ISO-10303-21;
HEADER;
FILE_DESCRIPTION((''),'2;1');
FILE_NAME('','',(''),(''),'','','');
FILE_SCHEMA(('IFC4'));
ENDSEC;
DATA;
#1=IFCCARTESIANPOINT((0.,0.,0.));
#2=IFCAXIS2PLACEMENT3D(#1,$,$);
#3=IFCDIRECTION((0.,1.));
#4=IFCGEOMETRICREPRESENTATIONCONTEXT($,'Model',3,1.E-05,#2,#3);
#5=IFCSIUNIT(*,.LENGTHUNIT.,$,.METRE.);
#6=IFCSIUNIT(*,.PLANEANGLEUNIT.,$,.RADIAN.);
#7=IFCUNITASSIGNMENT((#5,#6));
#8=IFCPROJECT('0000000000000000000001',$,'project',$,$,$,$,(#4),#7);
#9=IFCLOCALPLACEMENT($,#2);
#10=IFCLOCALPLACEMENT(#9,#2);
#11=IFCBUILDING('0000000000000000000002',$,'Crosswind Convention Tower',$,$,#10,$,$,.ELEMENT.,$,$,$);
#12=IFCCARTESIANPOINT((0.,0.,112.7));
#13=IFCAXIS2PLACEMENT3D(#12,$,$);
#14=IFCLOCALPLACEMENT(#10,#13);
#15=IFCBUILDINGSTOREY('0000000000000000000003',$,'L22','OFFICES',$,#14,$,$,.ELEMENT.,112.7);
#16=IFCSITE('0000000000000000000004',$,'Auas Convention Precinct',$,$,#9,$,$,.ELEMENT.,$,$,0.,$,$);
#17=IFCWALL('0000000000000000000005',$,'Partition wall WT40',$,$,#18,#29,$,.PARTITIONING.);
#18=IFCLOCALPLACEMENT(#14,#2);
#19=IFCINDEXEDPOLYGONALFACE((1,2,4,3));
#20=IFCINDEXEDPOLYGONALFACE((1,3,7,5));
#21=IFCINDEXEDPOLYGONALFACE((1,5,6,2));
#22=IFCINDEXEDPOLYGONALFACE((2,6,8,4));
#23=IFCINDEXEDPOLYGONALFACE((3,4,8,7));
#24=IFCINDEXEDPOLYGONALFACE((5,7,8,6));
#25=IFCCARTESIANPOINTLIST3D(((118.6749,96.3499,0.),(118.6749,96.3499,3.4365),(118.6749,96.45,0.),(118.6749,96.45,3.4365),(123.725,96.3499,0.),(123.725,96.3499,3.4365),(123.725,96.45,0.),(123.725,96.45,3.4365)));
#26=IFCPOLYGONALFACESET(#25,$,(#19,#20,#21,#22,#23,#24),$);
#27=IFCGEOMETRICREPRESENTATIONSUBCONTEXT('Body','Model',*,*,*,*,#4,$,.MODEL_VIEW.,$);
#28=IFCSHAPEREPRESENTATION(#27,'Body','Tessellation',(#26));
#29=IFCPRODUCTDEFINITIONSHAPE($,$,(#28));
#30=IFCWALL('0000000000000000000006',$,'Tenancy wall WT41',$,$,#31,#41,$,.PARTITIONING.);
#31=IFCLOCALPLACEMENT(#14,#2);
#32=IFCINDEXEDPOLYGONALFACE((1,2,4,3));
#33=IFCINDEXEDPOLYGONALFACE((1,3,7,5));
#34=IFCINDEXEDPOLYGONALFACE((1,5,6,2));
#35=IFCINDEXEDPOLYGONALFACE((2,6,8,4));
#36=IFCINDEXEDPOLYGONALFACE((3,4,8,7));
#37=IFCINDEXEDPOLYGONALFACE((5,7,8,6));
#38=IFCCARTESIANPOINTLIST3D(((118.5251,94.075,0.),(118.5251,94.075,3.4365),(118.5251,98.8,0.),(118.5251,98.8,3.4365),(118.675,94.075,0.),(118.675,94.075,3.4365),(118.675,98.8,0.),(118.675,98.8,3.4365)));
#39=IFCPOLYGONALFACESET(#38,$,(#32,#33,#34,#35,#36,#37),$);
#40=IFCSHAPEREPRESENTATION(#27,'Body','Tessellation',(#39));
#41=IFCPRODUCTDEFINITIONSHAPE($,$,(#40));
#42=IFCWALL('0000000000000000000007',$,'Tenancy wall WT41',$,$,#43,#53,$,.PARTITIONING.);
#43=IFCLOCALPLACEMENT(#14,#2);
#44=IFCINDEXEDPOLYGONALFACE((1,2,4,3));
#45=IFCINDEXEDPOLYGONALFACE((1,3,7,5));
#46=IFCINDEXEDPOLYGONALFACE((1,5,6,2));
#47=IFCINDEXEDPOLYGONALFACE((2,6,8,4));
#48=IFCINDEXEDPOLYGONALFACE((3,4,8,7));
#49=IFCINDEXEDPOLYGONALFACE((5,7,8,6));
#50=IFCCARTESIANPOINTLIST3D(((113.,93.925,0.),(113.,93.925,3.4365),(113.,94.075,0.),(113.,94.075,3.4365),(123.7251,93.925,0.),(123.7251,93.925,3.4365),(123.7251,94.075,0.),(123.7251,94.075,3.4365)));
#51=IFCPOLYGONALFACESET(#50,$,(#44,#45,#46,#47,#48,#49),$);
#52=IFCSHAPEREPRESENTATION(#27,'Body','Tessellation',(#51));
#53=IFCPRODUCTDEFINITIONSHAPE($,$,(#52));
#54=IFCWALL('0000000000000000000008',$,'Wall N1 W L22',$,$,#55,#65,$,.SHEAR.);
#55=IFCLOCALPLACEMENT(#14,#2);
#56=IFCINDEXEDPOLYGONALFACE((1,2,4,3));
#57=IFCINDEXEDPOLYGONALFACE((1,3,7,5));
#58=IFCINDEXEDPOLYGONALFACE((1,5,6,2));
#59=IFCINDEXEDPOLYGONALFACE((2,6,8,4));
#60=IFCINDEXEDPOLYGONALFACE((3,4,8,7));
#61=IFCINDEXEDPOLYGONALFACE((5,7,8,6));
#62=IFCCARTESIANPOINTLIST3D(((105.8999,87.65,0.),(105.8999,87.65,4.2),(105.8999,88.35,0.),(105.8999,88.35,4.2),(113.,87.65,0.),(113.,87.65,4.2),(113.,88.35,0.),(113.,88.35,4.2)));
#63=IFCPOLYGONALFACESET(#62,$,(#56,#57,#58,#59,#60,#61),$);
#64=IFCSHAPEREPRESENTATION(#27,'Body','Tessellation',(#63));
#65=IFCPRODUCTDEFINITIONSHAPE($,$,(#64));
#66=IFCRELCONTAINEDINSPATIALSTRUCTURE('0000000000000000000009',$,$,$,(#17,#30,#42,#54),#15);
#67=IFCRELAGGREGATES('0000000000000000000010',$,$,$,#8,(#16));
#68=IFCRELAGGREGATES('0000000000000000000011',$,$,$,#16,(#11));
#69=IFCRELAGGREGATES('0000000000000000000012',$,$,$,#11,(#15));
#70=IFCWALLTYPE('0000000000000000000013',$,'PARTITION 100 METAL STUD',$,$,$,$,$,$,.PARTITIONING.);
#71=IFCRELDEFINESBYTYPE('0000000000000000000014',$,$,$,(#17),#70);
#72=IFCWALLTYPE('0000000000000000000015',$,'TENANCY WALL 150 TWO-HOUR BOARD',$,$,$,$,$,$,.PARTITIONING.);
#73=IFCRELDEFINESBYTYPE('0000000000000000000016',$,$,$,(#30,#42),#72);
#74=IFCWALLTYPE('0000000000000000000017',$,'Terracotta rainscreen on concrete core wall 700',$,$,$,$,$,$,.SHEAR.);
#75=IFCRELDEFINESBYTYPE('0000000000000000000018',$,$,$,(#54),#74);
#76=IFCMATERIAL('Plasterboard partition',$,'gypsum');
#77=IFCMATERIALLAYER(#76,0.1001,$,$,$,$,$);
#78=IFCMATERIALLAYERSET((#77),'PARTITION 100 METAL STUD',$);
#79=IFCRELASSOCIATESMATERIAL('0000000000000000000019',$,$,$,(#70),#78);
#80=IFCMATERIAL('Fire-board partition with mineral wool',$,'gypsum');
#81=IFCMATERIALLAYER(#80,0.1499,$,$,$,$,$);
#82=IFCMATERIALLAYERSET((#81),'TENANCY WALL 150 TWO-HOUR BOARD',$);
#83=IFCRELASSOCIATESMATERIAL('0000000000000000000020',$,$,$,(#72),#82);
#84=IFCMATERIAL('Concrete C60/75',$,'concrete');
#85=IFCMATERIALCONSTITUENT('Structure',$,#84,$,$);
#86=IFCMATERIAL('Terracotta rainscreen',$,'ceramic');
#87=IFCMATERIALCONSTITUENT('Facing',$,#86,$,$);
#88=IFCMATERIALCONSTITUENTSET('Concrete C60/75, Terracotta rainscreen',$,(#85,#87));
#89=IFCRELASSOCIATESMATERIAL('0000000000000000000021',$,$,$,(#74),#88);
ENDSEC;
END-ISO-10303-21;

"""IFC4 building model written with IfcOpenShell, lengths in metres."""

from ifc_helpers import new_model, si_unit, direction, frame, frame_2d, origin, place, context, subcontext, project, spatial, rectangle, extrude, material, layer, layer_set, constituent, constituent_set, type_object, element, save


model = new_model("IFC4")

# Units and contexts
model_context = context("Model", 3, precision=1e-05, world=origin(), true_north=direction((0.0, 1.0)))
body_context = subcontext(model_context, "Body", "Model", "MODEL_VIEW")
ifc_project = project(units=[si_unit("LENGTHUNIT", "METRE"), si_unit("PLANEANGLEUNIT", "RADIAN")], contexts=[model_context])

# Site, building, storey
site_placement = place(None, origin())
site = spatial("IfcSite", under=ifc_project, at=site_placement, Name="Auas Convention Precinct", CompositionType="ELEMENT", RefElevation=0.0)
building_placement = place(site_placement, origin())
building = spatial("IfcBuilding", under=site, at=building_placement, Name="Crosswind Convention Tower", CompositionType="ELEMENT")
storey_placement = place(building_placement, frame((0.0, 0.0, 112.7)))
storey = spatial("IfcBuildingStorey", under=building, at=storey_placement, Name="L22", Description="OFFICES", CompositionType="ELEMENT", Elevation=112.7)

# Walls
ifc_material_1 = material(Name="Plasterboard partition", Category="gypsum")
ifc_layer_1 = layer(ifc_material_1, 0.1001)
ifc_layer_set_1 = layer_set([ifc_layer_1], Name="PARTITION 100 METAL STUD")
wall_type_1 = type_object("IfcWallType", Name="PARTITION 100 METAL STUD", PredefinedType="PARTITIONING", material=ifc_layer_set_1)
wall_1_placement = place(storey_placement, frame((118.675, 96.3999, 0.0), z_axis=(0.0, 0.0, 1.0), x_axis=(1.0, 0.0, 0.0)))
element("IfcWall", 1, at=wall_1_placement, inside=storey, type_object=wall_type_1, Name="Partition wall WT40", PredefinedType="PARTITIONING", context=body_context, shape_type="SweptSolid", body=[
    extrude(rectangle(XDim=5.05, YDim=0.1001, at=frame_2d((2.5249, 0.0))), origin(), (0.0, 0.0, 1.0), 3.4365),
])
ifc_material_2 = material(Name="Fire-board partition with mineral wool", Category="gypsum")
ifc_layer_2 = layer(ifc_material_2, 0.1499)
ifc_layer_set_2 = layer_set([ifc_layer_2], Name="TENANCY WALL 150 TWO-HOUR BOARD")
wall_type_2 = type_object("IfcWallType", Name="TENANCY WALL 150 TWO-HOUR BOARD", PredefinedType="PARTITIONING", material=ifc_layer_set_2)
wall_2_placement = place(storey_placement, frame((118.6001, 94.075, 0.0), z_axis=(0.0, 0.0, 1.0), x_axis=(0.0, 1.0, 0.0)))
element("IfcWall", 2, at=wall_2_placement, inside=storey, type_object=wall_type_2, Name="Tenancy wall WT41", PredefinedType="PARTITIONING", context=body_context, shape_type="SweptSolid", body=[
    extrude(rectangle(XDim=4.7251, YDim=0.1499, at=frame_2d((2.3625, 0.0))), origin(), (0.0, 0.0, 1.0), 3.4365),
])
wall_3_placement = place(storey_placement, frame((113.0, 94.0, 0.0), z_axis=(0.0, 0.0, 1.0), x_axis=(1.0, 0.0, 0.0)))
element("IfcWall", 3, at=wall_3_placement, inside=storey, type_object=wall_type_2, Name="Tenancy wall WT41", PredefinedType="PARTITIONING", context=body_context, shape_type="SweptSolid", body=[
    extrude(rectangle(XDim=10.7251, YDim=0.1499, at=frame_2d((5.3625, 0.0))), origin(), (0.0, 0.0, 1.0), 3.4365),
])
ifc_material_3 = material(Name="Concrete C60/75", Category="concrete")
ifc_constituent_1 = constituent(ifc_material_3, Name="Structure")
ifc_material_4 = material(Name="Terracotta rainscreen", Category="ceramic")
ifc_constituent_2 = constituent(ifc_material_4, Name="Facing")
ifc_constituent_set = constituent_set(constituents=[ifc_constituent_1, ifc_constituent_2], Name="Concrete C60/75, Terracotta rainscreen")
wall_type_3 = type_object("IfcWallType", Name="Terracotta rainscreen on concrete core wall 700", PredefinedType="SHEAR", material=ifc_constituent_set)
wall_4_placement = place(storey_placement, frame((113.0, 88.0, 0.0), z_axis=(0.0, 0.0, 1.0), x_axis=(-1.0, 0.0, 0.0)))
element("IfcWall", 4, at=wall_4_placement, inside=storey, type_object=wall_type_3, Name="Wall N1 W L22", PredefinedType="SHEAR", context=body_context, shape_type="SweptSolid", body=[
    extrude(rectangle(XDim=7.1001, YDim=0.7, at=frame_2d((3.55, 0.0))), origin(), (0.0, 0.0, 1.0), 4.2),
])

save(model, "model.ifc")
